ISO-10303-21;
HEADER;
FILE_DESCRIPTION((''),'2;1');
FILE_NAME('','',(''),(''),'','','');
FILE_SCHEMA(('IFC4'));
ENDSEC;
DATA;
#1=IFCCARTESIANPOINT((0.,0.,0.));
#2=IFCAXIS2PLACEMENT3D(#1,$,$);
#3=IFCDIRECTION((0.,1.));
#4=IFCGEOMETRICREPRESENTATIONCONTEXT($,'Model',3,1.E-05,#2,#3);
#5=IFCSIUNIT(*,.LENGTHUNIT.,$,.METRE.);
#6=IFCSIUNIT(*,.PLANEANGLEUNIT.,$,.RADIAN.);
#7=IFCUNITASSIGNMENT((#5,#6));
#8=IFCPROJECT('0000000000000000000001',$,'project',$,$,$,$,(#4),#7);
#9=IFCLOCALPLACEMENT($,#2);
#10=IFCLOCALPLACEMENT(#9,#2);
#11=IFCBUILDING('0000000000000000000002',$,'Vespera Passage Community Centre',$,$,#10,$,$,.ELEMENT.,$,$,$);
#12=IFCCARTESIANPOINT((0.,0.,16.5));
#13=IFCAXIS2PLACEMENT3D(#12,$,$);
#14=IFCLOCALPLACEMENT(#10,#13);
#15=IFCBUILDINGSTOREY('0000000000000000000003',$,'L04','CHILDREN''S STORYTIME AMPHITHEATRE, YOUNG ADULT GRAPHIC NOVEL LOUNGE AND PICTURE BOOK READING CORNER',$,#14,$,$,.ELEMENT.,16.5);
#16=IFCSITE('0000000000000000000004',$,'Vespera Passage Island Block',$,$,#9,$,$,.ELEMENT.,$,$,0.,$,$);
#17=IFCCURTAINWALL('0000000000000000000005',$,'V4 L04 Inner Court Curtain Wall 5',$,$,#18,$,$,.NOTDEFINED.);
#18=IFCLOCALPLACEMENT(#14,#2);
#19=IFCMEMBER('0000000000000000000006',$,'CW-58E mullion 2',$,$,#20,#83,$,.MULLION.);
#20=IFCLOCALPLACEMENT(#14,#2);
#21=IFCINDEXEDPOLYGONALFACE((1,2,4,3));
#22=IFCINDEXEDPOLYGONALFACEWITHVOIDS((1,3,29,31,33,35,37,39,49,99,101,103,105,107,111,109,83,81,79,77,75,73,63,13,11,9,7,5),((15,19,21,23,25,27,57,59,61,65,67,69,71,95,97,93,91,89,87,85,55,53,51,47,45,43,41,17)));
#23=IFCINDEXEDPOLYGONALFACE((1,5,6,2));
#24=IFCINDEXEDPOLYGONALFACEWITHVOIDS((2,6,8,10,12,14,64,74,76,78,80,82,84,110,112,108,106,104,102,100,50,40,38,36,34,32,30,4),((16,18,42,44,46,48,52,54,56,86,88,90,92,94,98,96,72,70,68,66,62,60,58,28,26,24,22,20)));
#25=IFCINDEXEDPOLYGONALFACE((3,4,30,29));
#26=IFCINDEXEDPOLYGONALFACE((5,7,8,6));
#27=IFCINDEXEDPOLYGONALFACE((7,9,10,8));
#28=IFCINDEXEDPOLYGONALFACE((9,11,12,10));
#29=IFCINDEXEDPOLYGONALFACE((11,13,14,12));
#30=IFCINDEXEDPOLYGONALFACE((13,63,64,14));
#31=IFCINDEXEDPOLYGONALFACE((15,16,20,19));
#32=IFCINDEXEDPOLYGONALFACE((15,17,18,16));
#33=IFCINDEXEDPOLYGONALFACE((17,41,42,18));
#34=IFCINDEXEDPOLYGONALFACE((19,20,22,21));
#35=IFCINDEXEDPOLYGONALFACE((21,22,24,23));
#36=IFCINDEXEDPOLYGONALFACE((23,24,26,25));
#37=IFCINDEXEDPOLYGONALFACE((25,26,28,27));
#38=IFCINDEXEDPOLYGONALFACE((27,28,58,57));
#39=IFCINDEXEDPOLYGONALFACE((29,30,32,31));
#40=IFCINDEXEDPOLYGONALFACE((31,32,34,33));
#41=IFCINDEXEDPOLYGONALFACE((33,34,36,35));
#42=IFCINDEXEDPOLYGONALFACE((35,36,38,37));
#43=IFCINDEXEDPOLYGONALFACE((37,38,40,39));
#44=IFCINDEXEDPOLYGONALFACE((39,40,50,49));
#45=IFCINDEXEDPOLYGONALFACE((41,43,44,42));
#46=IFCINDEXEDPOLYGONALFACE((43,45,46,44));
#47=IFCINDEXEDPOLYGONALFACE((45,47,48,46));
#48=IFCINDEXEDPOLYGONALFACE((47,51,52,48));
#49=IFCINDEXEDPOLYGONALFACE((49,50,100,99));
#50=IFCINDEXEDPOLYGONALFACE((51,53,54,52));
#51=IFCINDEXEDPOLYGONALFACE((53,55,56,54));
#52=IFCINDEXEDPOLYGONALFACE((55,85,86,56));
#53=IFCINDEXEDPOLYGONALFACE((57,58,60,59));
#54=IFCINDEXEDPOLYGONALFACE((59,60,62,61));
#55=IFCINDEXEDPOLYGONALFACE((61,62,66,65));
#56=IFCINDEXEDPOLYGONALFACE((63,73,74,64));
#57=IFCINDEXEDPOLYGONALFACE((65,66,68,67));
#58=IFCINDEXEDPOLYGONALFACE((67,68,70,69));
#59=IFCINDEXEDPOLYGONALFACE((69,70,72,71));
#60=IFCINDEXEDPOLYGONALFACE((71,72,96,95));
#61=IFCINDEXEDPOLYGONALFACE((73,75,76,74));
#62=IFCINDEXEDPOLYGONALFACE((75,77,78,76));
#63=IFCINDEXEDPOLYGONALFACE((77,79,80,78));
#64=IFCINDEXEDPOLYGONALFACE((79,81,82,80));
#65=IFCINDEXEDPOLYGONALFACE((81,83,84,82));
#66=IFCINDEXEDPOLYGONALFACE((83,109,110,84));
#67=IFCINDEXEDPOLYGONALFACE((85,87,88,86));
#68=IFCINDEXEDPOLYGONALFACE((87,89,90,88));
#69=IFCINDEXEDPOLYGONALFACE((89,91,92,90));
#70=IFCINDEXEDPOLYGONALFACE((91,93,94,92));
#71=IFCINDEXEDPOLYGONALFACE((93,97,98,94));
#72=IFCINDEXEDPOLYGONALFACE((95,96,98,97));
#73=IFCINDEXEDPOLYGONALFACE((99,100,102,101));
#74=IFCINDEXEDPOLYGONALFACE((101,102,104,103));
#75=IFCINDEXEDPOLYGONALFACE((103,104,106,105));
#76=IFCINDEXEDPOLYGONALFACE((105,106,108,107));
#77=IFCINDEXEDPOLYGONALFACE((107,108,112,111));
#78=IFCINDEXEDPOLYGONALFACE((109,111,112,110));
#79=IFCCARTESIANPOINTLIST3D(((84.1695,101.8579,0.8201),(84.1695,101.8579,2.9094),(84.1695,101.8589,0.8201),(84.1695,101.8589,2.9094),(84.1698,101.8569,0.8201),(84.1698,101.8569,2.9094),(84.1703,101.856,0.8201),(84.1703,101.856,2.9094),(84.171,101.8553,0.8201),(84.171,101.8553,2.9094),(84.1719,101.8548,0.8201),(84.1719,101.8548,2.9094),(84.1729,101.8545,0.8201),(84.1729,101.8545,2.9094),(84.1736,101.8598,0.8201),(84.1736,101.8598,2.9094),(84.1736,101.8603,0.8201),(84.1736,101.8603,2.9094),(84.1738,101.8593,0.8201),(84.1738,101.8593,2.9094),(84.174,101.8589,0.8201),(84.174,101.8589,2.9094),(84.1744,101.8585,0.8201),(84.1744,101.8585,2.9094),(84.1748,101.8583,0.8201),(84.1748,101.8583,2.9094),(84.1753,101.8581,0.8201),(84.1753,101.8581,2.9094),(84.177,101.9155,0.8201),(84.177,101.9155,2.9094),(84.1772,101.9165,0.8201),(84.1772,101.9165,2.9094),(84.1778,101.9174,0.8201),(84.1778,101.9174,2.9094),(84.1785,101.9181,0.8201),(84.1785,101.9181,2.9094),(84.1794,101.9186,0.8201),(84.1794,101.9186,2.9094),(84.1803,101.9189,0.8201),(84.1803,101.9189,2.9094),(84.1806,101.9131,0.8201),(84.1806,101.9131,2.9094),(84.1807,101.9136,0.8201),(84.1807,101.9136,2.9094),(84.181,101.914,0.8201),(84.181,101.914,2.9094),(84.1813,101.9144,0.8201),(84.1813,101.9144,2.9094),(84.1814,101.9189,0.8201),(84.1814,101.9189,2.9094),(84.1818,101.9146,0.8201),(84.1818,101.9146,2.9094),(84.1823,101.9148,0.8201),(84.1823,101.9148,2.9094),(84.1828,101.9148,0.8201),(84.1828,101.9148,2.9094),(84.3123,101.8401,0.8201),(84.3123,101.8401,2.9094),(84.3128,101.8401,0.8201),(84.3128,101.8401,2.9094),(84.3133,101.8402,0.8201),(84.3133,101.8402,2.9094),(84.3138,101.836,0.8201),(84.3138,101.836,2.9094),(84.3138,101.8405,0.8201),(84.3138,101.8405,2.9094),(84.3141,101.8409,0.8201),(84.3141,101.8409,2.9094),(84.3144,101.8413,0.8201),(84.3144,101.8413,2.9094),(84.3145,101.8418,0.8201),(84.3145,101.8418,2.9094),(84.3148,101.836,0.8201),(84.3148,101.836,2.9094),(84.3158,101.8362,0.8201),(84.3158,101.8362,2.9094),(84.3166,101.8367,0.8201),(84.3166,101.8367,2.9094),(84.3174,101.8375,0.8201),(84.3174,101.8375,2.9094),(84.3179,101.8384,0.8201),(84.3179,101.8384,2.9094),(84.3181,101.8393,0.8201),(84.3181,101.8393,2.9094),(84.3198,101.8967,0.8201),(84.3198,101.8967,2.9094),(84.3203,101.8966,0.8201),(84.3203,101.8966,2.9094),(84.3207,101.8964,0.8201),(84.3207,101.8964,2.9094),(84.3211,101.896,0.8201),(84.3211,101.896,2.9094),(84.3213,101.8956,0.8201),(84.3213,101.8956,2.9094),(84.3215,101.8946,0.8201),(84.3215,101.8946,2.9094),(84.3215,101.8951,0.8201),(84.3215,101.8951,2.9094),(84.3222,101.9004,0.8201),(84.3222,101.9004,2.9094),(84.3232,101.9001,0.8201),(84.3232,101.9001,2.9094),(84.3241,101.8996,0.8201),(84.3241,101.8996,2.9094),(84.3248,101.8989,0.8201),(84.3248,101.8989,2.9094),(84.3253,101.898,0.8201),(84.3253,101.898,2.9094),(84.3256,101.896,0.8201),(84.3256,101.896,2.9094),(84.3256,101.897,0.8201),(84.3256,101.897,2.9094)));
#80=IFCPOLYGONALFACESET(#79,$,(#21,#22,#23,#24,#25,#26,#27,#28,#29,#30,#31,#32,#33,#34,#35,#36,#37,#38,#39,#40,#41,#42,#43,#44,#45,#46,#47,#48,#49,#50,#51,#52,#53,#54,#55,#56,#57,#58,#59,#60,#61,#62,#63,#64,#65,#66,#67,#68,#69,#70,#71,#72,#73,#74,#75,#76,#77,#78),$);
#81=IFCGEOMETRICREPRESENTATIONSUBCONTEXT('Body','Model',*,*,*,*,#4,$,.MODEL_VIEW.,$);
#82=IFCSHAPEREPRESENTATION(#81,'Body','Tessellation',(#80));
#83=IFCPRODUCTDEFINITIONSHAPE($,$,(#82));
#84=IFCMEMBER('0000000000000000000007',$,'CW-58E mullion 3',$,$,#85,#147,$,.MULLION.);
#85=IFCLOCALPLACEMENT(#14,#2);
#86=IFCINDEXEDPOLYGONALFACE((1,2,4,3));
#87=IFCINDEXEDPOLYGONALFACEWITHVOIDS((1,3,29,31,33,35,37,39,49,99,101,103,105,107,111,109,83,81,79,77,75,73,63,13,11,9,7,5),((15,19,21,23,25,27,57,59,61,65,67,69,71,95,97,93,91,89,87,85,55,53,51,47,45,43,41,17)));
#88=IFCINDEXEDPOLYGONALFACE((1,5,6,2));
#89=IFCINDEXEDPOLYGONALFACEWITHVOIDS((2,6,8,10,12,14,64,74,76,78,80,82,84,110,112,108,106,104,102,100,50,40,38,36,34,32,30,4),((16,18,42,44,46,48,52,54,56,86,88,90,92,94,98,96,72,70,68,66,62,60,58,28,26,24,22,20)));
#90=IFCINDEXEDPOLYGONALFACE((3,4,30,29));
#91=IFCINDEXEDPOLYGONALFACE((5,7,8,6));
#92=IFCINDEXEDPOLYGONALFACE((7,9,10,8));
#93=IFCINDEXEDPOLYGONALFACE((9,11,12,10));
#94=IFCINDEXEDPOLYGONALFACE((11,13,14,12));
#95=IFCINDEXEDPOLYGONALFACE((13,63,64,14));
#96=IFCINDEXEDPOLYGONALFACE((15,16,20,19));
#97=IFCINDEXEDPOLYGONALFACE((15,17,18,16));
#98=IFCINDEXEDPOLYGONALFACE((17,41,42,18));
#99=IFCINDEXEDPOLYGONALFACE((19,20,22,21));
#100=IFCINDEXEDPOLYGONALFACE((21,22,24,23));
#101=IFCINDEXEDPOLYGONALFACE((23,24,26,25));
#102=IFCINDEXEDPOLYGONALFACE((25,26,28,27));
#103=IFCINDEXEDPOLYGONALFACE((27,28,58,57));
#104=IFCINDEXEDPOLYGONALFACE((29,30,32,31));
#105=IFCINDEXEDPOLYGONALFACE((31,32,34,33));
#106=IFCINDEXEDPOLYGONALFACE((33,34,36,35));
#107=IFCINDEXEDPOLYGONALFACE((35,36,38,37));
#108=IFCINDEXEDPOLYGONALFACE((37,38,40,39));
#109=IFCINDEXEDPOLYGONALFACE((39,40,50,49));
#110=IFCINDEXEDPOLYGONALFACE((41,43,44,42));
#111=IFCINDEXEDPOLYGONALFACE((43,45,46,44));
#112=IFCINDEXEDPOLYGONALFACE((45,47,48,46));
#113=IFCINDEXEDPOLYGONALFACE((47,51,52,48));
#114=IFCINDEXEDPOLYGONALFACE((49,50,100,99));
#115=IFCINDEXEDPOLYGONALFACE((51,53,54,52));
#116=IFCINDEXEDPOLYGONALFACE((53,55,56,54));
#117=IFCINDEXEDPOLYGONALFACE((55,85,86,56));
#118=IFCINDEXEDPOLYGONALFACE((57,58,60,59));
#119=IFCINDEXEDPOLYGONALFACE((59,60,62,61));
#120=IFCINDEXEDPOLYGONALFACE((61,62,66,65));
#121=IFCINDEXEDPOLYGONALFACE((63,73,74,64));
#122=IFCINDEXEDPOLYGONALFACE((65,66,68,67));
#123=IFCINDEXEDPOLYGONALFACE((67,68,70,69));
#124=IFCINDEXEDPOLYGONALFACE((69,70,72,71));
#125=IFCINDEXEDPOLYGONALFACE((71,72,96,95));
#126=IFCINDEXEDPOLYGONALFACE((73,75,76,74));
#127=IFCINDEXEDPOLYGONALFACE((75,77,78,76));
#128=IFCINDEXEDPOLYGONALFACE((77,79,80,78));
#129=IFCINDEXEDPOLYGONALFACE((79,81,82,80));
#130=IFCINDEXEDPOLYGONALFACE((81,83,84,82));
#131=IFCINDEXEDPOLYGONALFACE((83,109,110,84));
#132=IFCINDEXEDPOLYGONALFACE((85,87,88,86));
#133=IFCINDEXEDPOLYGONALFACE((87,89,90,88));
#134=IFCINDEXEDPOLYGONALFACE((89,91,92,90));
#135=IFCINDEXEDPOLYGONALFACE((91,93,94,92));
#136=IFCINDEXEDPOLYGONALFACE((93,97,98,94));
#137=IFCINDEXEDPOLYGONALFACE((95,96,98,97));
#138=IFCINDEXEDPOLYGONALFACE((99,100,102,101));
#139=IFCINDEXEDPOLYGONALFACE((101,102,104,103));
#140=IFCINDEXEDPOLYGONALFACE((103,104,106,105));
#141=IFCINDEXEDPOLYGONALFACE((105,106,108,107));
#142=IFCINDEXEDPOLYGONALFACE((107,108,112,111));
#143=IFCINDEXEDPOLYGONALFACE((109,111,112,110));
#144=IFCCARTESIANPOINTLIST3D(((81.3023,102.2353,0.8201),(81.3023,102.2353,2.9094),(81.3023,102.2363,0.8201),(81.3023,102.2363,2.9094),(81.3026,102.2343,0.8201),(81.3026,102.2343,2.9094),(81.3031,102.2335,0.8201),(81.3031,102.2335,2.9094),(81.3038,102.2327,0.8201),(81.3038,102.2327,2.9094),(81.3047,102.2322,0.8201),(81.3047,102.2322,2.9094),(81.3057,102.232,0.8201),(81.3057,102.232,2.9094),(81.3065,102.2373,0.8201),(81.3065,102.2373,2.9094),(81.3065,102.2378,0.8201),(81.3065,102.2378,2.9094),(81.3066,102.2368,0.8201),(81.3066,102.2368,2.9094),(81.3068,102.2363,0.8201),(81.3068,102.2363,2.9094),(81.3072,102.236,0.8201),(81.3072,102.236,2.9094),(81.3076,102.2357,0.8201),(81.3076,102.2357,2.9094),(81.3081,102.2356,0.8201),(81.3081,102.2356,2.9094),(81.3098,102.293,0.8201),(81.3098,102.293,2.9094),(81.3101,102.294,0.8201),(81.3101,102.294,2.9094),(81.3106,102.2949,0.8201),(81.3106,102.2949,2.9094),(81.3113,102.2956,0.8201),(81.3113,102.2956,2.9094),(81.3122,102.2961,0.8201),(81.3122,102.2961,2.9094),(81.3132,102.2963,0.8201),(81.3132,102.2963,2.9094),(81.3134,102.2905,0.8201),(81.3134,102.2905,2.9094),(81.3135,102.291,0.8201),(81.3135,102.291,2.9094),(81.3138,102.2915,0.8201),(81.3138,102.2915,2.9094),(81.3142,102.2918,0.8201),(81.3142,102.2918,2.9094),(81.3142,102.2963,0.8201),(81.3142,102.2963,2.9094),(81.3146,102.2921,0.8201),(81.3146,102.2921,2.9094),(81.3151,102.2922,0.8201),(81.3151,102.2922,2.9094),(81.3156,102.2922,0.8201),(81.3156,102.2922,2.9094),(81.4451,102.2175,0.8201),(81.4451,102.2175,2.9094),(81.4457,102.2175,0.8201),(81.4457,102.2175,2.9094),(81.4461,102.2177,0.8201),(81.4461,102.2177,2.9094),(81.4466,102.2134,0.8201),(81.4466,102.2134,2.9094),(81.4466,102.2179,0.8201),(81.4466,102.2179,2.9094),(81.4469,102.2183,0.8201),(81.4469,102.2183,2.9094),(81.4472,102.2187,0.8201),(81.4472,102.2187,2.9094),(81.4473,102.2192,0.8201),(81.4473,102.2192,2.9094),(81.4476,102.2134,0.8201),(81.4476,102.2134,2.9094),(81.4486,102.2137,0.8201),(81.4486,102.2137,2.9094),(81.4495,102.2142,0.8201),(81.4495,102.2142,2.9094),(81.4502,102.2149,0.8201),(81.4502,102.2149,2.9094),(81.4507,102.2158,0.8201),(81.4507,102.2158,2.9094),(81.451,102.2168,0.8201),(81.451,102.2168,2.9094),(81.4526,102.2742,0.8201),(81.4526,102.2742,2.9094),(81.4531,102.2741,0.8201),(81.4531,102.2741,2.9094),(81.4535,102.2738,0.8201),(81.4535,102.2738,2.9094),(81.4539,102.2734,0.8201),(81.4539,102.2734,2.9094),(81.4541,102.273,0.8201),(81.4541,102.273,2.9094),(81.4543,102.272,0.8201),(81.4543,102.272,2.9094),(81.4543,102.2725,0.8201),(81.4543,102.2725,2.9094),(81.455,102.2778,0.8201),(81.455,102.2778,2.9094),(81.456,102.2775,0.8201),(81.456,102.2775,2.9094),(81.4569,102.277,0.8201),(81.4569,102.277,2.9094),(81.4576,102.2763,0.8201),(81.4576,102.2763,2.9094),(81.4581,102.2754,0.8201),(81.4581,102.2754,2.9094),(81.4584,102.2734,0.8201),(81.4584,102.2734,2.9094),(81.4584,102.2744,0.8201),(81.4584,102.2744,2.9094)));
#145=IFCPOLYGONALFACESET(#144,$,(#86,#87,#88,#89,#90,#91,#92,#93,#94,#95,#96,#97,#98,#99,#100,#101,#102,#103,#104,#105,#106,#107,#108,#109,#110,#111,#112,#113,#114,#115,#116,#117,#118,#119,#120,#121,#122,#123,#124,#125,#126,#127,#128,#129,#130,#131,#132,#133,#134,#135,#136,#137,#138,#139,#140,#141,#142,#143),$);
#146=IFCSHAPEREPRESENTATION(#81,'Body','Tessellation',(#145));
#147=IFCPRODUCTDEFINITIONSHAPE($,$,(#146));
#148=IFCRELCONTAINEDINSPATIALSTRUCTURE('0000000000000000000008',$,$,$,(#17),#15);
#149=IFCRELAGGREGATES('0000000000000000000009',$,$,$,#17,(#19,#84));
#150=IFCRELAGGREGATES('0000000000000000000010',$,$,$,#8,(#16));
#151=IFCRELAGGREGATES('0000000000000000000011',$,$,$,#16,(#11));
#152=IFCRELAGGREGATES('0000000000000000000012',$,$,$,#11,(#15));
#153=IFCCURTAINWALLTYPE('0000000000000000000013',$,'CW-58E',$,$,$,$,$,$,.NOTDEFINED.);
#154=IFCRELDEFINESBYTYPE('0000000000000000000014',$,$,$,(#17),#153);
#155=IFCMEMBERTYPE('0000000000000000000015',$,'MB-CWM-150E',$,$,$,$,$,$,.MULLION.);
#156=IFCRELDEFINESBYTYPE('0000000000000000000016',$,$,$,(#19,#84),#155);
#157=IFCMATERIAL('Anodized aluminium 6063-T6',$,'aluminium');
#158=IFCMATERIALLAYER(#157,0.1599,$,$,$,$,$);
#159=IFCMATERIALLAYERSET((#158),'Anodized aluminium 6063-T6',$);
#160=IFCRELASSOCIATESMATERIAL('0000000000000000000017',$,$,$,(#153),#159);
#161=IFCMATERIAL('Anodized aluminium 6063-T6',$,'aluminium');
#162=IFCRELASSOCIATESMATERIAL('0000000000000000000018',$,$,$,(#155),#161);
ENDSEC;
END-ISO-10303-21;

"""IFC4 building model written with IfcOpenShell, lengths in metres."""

from ifc_helpers import new_model, si_unit, direction, frame, origin, origin_2d, place, context, subcontext, project, spatial, hollow_rectangle, extrude, material, layer, layer_set, material_profile, profile_set, type_object, element, aggregate, save


model = new_model("IFC4")

# Units and contexts
model_context = context("Model", 3, precision=1e-05, world=origin(), true_north=direction((0.0, 1.0)))
body_context = subcontext(model_context, "Body", "Model", "MODEL_VIEW")
ifc_project = project(units=[si_unit("LENGTHUNIT", "METRE"), si_unit("PLANEANGLEUNIT", "RADIAN")], contexts=[model_context])

# Site, building, storey
site_placement = place(None, origin())
site = spatial("IfcSite", under=ifc_project, at=site_placement, Name="Vespera Passage Island Block", CompositionType="ELEMENT", RefElevation=0.0)
building_placement = place(site_placement, origin())
building = spatial("IfcBuilding", under=site, at=building_placement, Name="Vespera Passage Community Centre", CompositionType="ELEMENT")
storey_placement = place(building_placement, frame((0.0, 0.0, 16.5)))
storey = spatial("IfcBuildingStorey", under=building, at=storey_placement, Name="L04", Description="CHILDREN'S STORYTIME AMPHITHEATRE, YOUNG ADULT GRAPHIC NOVEL LOUNGE AND PICTURE BOOK READING CORNER", CompositionType="ELEMENT", Elevation=16.5)

# Curtain wall, members
ifc_material_1 = material(Name="Anodized aluminium 6063-T6", Category="aluminium")
ifc_layer_1 = layer(ifc_material_1, 0.1599)
ifc_layer_set_1 = layer_set([ifc_layer_1], Name="Anodized aluminium 6063-T6")
curtain_wall_type_1 = type_object("IfcCurtainWallType", Name="CW-58E", PredefinedType="NOTDEFINED", material=ifc_layer_set_1)
curtain_wall_1_placement = place(storey_placement, origin())
curtain_wall_1 = element("IfcCurtainWall", 1, at=curtain_wall_1_placement, inside=storey, type_object=curtain_wall_type_1, Name="V4 L04 Inner Court Curtain Wall 5", PredefinedType="NOTDEFINED")
ifc_material_2 = material(Name="Anodized aluminium 6063-T6", Category="aluminium")
ifc_material_profile_1 = material_profile(ifc_material_2, hollow_rectangle(XDim=0.0649, YDim=0.1499, WallThickness=0.0039, InnerFilletRadius=0.002, OuterFilletRadius=0.0039, at=origin_2d()), Name="ALU150X65X4")
ifc_profile_set_1 = profile_set([ifc_material_profile_1], Name="Anodized aluminium 6063-T6")
member_type_1 = type_object("IfcMemberType", Name="MB-CWM-150E", PredefinedType="MULLION", material=ifc_profile_set_1)
member_1_placement = place(storey_placement, frame((84.2476, 101.8774, 0.8201), z_axis=(0.0, 0.0, 1.0), x_axis=(-0.130522, -0.991445, 0.0)))
member_1 = element("IfcMember", 2, at=member_1_placement, type_object=member_type_1, Name="CW-58E mullion 2", PredefinedType="MULLION", context=body_context, shape_type="SweptSolid", body=[
    extrude(hollow_rectangle(XDim=0.0649, YDim=0.1499, WallThickness=0.0039, InnerFilletRadius=0.002, OuterFilletRadius=0.0039, at=origin_2d()), origin(), (0.0, 0.0, 1.0), 2.0894),
])
member_2_placement = place(storey_placement, frame((81.3804, 102.2549, 0.8201), z_axis=(0.0, 0.0, 1.0), x_axis=(-0.130522, -0.991445, 0.0)))
member_2 = element("IfcMember", 3, at=member_2_placement, type_object=member_type_1, Name="CW-58E mullion 3", PredefinedType="MULLION", context=body_context, shape_type="SweptSolid", body=[
    extrude(hollow_rectangle(XDim=0.0649, YDim=0.1499, WallThickness=0.0039, InnerFilletRadius=0.002, OuterFilletRadius=0.0039, at=origin_2d()), origin(), (0.0, 0.0, 1.0), 2.0894),
])

aggregate(curtain_wall_1, [member_1, member_2])

save(model, "model.ifc")
